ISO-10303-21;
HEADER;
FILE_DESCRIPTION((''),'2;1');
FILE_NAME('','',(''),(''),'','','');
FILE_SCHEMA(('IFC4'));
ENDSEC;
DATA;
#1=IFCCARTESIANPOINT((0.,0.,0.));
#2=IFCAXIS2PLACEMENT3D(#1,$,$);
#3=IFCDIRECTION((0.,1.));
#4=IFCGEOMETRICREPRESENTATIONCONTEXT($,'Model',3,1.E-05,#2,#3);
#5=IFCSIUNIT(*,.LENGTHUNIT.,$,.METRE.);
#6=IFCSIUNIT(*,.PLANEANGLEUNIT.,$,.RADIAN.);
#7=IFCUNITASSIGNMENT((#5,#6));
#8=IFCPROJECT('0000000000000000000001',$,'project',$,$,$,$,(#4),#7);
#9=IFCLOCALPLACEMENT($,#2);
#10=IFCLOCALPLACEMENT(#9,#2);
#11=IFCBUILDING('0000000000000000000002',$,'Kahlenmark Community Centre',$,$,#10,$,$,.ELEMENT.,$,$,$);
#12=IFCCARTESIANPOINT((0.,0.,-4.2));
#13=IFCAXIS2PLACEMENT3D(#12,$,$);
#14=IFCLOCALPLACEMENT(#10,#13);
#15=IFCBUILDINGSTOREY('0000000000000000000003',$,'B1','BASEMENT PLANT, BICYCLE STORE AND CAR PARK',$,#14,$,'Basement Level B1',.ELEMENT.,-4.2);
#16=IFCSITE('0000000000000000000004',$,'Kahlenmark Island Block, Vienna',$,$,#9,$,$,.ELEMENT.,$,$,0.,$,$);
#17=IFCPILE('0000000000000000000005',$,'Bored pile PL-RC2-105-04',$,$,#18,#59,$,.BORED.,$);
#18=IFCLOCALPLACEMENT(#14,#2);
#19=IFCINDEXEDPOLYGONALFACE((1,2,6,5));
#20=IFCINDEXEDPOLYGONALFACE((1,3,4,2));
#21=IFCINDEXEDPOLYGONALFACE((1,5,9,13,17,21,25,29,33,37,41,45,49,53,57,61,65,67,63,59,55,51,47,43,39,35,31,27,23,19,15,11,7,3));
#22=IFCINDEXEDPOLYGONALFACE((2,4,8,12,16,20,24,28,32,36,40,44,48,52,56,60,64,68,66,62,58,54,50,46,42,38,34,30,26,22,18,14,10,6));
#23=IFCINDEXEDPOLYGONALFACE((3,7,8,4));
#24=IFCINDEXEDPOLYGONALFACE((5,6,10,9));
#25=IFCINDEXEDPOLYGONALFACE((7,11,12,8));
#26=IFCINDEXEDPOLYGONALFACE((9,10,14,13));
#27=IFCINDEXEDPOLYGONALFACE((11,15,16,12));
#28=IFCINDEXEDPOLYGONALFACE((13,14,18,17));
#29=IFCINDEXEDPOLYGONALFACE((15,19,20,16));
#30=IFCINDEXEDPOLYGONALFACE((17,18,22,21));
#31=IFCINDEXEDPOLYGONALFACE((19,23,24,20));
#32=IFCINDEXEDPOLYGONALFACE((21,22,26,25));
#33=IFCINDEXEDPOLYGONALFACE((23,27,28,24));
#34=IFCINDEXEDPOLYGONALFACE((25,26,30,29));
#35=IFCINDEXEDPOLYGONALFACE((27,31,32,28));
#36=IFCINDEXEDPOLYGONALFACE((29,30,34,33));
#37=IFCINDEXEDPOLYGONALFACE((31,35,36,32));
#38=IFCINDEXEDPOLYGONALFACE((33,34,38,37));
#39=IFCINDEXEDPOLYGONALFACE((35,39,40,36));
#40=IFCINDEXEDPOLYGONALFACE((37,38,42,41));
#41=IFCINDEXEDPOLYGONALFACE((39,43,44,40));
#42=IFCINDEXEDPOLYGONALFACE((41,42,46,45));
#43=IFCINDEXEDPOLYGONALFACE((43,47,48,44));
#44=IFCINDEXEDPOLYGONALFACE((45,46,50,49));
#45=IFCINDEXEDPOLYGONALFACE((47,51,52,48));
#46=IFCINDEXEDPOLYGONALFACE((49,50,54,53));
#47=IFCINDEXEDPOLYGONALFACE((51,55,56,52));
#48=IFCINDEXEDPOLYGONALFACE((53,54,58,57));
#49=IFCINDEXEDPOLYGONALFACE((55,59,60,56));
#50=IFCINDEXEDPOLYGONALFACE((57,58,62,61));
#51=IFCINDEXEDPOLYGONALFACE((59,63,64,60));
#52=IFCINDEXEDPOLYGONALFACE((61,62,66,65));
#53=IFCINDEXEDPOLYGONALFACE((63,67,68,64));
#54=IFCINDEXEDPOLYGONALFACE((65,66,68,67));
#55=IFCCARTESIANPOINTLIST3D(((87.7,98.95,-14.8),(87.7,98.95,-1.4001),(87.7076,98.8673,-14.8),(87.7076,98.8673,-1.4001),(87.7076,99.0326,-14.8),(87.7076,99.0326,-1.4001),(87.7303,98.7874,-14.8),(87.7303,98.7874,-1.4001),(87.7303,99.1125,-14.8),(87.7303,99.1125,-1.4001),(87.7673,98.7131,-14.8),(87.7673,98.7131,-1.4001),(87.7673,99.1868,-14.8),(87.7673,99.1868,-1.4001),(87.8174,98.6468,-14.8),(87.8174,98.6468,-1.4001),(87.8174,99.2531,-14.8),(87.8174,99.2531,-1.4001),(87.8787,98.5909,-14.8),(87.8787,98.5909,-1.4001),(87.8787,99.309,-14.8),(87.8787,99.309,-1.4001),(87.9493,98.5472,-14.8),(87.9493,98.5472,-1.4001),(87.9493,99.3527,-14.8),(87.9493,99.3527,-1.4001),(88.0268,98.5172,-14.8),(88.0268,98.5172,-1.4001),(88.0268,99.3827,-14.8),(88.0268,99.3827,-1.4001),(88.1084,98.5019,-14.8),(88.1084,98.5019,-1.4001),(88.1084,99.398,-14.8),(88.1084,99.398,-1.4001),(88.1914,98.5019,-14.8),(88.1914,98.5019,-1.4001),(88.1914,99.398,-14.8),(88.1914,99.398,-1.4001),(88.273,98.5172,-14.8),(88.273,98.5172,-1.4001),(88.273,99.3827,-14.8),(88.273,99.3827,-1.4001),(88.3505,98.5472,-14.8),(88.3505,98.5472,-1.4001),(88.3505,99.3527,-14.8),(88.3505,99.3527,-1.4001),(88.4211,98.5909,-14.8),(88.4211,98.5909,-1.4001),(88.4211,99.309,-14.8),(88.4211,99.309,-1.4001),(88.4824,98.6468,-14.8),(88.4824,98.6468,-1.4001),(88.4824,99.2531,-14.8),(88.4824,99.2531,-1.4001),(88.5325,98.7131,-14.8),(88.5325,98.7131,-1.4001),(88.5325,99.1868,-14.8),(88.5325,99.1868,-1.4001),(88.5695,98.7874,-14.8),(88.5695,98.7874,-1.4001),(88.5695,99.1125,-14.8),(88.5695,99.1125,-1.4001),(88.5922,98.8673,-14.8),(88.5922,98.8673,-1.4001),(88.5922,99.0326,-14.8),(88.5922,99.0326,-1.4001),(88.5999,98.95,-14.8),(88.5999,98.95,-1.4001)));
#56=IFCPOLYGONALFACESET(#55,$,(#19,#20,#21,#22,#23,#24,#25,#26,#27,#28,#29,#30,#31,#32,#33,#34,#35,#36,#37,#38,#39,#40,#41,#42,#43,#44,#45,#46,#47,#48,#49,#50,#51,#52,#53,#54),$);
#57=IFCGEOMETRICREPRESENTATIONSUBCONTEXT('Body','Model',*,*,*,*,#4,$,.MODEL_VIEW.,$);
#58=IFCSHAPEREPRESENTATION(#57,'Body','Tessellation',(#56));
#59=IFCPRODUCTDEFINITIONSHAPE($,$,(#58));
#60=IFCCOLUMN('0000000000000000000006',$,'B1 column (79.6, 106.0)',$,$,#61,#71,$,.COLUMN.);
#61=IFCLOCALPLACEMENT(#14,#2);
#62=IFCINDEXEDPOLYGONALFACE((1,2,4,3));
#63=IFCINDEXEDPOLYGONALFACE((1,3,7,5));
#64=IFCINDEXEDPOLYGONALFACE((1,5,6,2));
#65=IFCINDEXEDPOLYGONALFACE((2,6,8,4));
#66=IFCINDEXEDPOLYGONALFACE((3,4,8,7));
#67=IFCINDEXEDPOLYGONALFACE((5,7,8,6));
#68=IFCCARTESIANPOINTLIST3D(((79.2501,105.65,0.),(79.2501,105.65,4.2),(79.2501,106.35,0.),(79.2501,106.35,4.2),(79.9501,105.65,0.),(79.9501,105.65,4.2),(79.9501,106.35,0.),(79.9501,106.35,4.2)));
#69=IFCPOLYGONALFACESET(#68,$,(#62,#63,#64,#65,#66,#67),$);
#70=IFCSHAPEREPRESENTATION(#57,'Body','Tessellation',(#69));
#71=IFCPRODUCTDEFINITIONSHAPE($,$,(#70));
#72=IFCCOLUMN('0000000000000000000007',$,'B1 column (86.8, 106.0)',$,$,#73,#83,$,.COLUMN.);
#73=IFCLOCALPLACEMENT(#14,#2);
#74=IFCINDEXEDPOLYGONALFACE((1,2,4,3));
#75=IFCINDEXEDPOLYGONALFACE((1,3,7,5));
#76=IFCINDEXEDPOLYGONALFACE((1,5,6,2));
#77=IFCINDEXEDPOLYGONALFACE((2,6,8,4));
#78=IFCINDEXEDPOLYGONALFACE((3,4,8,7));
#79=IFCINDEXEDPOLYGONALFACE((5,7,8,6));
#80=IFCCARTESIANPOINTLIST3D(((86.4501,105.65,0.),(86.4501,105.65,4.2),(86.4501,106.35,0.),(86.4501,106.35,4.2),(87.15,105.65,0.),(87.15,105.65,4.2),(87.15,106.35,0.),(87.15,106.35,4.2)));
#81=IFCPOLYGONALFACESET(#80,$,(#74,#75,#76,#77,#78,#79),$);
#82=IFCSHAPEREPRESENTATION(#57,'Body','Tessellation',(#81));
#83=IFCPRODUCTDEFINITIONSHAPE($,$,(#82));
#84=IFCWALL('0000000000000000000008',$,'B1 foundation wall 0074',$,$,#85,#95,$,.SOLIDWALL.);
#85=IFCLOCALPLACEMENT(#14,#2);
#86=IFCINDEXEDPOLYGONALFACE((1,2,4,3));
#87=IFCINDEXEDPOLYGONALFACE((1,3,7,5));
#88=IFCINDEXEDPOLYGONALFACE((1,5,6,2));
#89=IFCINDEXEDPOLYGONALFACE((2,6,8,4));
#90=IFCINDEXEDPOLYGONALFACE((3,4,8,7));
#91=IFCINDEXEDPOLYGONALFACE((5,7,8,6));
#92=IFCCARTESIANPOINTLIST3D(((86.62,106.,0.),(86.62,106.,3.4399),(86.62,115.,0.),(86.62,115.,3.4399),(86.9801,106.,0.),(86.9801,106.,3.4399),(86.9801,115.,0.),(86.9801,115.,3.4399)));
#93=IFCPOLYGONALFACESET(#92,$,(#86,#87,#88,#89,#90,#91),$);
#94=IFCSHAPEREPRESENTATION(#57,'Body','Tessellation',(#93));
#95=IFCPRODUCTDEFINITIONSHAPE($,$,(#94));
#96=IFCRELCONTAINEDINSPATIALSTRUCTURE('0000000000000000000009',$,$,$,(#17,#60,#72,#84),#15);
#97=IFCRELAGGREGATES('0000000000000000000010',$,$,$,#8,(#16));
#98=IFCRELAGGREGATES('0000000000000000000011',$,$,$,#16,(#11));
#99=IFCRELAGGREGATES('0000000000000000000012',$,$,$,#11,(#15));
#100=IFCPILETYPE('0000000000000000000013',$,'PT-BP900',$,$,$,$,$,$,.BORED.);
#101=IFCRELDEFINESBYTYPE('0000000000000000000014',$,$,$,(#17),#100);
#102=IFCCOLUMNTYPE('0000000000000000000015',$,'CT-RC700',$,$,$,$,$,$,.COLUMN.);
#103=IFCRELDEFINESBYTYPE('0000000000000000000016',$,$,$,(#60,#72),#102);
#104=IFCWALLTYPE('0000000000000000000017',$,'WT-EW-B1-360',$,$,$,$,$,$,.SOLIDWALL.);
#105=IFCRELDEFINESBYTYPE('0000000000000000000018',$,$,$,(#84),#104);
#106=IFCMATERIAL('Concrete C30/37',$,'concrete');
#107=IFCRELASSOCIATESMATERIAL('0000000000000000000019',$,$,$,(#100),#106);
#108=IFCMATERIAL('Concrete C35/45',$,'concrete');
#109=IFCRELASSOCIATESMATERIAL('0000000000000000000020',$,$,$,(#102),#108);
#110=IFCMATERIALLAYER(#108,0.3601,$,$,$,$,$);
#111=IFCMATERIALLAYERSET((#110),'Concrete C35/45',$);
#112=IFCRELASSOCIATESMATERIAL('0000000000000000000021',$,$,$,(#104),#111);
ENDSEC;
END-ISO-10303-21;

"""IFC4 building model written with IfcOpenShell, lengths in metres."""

from ifc_helpers import new_model, si_unit, direction, frame, frame_2d, origin, origin_2d, place, context, subcontext, project, spatial, rectangle, circle, extrude, material, layer, layer_set, material_profile, profile_set, type_object, element, save


model = new_model("IFC4")

# Units and contexts
model_context = context("Model", 3, precision=1e-05, world=origin(), true_north=direction((0.0, 1.0)))
body_context = subcontext(model_context, "Body", "Model", "MODEL_VIEW")
ifc_project = project(units=[si_unit("LENGTHUNIT", "METRE"), si_unit("PLANEANGLEUNIT", "RADIAN")], contexts=[model_context])

# Site, building, storey
site_placement = place(None, origin())
site = spatial("IfcSite", under=ifc_project, at=site_placement, Name="Kahlenmark Island Block, Vienna", CompositionType="ELEMENT", RefElevation=0.0)
building_placement = place(site_placement, origin())
building = spatial("IfcBuilding", under=site, at=building_placement, Name="Kahlenmark Community Centre", CompositionType="ELEMENT")
storey_placement = place(building_placement, frame((0.0, 0.0, -4.2)))
storey = spatial("IfcBuildingStorey", under=building, at=storey_placement, Name="B1", Description="BASEMENT PLANT, BICYCLE STORE AND CAR PARK", LongName="Basement Level B1", CompositionType="ELEMENT", Elevation=-4.2)

# Shared definitions
ifc_material_1 = material(Name="Concrete C30/37", Category="concrete")

# Pile
ifc_material_profile_1 = material_profile(ifc_material_1, circle(Radius=0.45, at=origin_2d()), Name="BORED PILE 900")
ifc_profile_set_1 = profile_set([ifc_material_profile_1], Name="Concrete C30/37")
pile_type_1 = type_object("IfcPileType", Name="PT-BP900", PredefinedType="BORED", material=ifc_profile_set_1)
pile_placement = place(storey_placement, frame((88.1499, 98.95, -1.4001), z_axis=(0.0, 0.0, -1.0), x_axis=(1.0, 0.0, 0.0)))
element("IfcPile", 1, at=pile_placement, inside=storey, type_object=pile_type_1, Name="Bored pile PL-RC2-105-04", PredefinedType="BORED", context=body_context, shape_type="SweptSolid", body=[
    extrude(circle(Radius=0.45, at=origin_2d()), origin(), (0.0, 0.0, 1.0), 13.3999),
])

# Columns
ifc_material_2 = material(Name="Concrete C35/45", Category="concrete")
ifc_material_profile_2 = material_profile(ifc_material_2, rectangle(XDim=0.7, YDim=0.7, at=origin_2d()), Name="RC 700x700")
ifc_profile_set_2 = profile_set([ifc_material_profile_2], Name="Concrete C35/45")
column_type = type_object("IfcColumnType", Name="CT-RC700", PredefinedType="COLUMN", material=ifc_profile_set_2)
for number, where, z_axis, x_axis, name in (
    (2, (79.6001, 106.0, 0.0), (0.0, 0.0, 1.0), (1.0, 0.0, 0.0), "B1 column (79.6, 106.0)"),
    (3, (86.8, 106.0, 0.0), (0.0, 0.0, 1.0), (1.0, 0.0, 0.0), "B1 column (86.8, 106.0)"),
):
    element("IfcColumn", number, at=place(storey_placement, frame(where, z_axis=z_axis, x_axis=x_axis)), inside=storey, type_object=column_type, Name=name, PredefinedType="COLUMN", context=body_context, shape_type="SweptSolid", body=[
        extrude(rectangle(XDim=0.7, YDim=0.7, at=origin_2d()), origin(), (0.0, 0.0, 1.0), 4.2),
    ])

# Wall
ifc_layer = layer(ifc_material_2, 0.3601)
ifc_layer_set = layer_set([ifc_layer], Name="Concrete C35/45")
wall_type = type_object("IfcWallType", Name="WT-EW-B1-360", PredefinedType="SOLIDWALL", material=ifc_layer_set)
wall_placement = place(storey_placement, frame((86.8, 106.0, 0.0), z_axis=(0.0, 0.0, 1.0), x_axis=(0.0, 1.0, 0.0)))
element("IfcWall", 4, at=wall_placement, inside=storey, type_object=wall_type, Name="B1 foundation wall 0074", PredefinedType="SOLIDWALL", context=body_context, shape_type="SweptSolid", body=[
    extrude(rectangle(XDim=9.0, YDim=0.3601, at=frame_2d((4.5, 0.0))), origin(), (0.0, 0.0, 1.0), 3.4399),
])

save(model, "model.ifc")
